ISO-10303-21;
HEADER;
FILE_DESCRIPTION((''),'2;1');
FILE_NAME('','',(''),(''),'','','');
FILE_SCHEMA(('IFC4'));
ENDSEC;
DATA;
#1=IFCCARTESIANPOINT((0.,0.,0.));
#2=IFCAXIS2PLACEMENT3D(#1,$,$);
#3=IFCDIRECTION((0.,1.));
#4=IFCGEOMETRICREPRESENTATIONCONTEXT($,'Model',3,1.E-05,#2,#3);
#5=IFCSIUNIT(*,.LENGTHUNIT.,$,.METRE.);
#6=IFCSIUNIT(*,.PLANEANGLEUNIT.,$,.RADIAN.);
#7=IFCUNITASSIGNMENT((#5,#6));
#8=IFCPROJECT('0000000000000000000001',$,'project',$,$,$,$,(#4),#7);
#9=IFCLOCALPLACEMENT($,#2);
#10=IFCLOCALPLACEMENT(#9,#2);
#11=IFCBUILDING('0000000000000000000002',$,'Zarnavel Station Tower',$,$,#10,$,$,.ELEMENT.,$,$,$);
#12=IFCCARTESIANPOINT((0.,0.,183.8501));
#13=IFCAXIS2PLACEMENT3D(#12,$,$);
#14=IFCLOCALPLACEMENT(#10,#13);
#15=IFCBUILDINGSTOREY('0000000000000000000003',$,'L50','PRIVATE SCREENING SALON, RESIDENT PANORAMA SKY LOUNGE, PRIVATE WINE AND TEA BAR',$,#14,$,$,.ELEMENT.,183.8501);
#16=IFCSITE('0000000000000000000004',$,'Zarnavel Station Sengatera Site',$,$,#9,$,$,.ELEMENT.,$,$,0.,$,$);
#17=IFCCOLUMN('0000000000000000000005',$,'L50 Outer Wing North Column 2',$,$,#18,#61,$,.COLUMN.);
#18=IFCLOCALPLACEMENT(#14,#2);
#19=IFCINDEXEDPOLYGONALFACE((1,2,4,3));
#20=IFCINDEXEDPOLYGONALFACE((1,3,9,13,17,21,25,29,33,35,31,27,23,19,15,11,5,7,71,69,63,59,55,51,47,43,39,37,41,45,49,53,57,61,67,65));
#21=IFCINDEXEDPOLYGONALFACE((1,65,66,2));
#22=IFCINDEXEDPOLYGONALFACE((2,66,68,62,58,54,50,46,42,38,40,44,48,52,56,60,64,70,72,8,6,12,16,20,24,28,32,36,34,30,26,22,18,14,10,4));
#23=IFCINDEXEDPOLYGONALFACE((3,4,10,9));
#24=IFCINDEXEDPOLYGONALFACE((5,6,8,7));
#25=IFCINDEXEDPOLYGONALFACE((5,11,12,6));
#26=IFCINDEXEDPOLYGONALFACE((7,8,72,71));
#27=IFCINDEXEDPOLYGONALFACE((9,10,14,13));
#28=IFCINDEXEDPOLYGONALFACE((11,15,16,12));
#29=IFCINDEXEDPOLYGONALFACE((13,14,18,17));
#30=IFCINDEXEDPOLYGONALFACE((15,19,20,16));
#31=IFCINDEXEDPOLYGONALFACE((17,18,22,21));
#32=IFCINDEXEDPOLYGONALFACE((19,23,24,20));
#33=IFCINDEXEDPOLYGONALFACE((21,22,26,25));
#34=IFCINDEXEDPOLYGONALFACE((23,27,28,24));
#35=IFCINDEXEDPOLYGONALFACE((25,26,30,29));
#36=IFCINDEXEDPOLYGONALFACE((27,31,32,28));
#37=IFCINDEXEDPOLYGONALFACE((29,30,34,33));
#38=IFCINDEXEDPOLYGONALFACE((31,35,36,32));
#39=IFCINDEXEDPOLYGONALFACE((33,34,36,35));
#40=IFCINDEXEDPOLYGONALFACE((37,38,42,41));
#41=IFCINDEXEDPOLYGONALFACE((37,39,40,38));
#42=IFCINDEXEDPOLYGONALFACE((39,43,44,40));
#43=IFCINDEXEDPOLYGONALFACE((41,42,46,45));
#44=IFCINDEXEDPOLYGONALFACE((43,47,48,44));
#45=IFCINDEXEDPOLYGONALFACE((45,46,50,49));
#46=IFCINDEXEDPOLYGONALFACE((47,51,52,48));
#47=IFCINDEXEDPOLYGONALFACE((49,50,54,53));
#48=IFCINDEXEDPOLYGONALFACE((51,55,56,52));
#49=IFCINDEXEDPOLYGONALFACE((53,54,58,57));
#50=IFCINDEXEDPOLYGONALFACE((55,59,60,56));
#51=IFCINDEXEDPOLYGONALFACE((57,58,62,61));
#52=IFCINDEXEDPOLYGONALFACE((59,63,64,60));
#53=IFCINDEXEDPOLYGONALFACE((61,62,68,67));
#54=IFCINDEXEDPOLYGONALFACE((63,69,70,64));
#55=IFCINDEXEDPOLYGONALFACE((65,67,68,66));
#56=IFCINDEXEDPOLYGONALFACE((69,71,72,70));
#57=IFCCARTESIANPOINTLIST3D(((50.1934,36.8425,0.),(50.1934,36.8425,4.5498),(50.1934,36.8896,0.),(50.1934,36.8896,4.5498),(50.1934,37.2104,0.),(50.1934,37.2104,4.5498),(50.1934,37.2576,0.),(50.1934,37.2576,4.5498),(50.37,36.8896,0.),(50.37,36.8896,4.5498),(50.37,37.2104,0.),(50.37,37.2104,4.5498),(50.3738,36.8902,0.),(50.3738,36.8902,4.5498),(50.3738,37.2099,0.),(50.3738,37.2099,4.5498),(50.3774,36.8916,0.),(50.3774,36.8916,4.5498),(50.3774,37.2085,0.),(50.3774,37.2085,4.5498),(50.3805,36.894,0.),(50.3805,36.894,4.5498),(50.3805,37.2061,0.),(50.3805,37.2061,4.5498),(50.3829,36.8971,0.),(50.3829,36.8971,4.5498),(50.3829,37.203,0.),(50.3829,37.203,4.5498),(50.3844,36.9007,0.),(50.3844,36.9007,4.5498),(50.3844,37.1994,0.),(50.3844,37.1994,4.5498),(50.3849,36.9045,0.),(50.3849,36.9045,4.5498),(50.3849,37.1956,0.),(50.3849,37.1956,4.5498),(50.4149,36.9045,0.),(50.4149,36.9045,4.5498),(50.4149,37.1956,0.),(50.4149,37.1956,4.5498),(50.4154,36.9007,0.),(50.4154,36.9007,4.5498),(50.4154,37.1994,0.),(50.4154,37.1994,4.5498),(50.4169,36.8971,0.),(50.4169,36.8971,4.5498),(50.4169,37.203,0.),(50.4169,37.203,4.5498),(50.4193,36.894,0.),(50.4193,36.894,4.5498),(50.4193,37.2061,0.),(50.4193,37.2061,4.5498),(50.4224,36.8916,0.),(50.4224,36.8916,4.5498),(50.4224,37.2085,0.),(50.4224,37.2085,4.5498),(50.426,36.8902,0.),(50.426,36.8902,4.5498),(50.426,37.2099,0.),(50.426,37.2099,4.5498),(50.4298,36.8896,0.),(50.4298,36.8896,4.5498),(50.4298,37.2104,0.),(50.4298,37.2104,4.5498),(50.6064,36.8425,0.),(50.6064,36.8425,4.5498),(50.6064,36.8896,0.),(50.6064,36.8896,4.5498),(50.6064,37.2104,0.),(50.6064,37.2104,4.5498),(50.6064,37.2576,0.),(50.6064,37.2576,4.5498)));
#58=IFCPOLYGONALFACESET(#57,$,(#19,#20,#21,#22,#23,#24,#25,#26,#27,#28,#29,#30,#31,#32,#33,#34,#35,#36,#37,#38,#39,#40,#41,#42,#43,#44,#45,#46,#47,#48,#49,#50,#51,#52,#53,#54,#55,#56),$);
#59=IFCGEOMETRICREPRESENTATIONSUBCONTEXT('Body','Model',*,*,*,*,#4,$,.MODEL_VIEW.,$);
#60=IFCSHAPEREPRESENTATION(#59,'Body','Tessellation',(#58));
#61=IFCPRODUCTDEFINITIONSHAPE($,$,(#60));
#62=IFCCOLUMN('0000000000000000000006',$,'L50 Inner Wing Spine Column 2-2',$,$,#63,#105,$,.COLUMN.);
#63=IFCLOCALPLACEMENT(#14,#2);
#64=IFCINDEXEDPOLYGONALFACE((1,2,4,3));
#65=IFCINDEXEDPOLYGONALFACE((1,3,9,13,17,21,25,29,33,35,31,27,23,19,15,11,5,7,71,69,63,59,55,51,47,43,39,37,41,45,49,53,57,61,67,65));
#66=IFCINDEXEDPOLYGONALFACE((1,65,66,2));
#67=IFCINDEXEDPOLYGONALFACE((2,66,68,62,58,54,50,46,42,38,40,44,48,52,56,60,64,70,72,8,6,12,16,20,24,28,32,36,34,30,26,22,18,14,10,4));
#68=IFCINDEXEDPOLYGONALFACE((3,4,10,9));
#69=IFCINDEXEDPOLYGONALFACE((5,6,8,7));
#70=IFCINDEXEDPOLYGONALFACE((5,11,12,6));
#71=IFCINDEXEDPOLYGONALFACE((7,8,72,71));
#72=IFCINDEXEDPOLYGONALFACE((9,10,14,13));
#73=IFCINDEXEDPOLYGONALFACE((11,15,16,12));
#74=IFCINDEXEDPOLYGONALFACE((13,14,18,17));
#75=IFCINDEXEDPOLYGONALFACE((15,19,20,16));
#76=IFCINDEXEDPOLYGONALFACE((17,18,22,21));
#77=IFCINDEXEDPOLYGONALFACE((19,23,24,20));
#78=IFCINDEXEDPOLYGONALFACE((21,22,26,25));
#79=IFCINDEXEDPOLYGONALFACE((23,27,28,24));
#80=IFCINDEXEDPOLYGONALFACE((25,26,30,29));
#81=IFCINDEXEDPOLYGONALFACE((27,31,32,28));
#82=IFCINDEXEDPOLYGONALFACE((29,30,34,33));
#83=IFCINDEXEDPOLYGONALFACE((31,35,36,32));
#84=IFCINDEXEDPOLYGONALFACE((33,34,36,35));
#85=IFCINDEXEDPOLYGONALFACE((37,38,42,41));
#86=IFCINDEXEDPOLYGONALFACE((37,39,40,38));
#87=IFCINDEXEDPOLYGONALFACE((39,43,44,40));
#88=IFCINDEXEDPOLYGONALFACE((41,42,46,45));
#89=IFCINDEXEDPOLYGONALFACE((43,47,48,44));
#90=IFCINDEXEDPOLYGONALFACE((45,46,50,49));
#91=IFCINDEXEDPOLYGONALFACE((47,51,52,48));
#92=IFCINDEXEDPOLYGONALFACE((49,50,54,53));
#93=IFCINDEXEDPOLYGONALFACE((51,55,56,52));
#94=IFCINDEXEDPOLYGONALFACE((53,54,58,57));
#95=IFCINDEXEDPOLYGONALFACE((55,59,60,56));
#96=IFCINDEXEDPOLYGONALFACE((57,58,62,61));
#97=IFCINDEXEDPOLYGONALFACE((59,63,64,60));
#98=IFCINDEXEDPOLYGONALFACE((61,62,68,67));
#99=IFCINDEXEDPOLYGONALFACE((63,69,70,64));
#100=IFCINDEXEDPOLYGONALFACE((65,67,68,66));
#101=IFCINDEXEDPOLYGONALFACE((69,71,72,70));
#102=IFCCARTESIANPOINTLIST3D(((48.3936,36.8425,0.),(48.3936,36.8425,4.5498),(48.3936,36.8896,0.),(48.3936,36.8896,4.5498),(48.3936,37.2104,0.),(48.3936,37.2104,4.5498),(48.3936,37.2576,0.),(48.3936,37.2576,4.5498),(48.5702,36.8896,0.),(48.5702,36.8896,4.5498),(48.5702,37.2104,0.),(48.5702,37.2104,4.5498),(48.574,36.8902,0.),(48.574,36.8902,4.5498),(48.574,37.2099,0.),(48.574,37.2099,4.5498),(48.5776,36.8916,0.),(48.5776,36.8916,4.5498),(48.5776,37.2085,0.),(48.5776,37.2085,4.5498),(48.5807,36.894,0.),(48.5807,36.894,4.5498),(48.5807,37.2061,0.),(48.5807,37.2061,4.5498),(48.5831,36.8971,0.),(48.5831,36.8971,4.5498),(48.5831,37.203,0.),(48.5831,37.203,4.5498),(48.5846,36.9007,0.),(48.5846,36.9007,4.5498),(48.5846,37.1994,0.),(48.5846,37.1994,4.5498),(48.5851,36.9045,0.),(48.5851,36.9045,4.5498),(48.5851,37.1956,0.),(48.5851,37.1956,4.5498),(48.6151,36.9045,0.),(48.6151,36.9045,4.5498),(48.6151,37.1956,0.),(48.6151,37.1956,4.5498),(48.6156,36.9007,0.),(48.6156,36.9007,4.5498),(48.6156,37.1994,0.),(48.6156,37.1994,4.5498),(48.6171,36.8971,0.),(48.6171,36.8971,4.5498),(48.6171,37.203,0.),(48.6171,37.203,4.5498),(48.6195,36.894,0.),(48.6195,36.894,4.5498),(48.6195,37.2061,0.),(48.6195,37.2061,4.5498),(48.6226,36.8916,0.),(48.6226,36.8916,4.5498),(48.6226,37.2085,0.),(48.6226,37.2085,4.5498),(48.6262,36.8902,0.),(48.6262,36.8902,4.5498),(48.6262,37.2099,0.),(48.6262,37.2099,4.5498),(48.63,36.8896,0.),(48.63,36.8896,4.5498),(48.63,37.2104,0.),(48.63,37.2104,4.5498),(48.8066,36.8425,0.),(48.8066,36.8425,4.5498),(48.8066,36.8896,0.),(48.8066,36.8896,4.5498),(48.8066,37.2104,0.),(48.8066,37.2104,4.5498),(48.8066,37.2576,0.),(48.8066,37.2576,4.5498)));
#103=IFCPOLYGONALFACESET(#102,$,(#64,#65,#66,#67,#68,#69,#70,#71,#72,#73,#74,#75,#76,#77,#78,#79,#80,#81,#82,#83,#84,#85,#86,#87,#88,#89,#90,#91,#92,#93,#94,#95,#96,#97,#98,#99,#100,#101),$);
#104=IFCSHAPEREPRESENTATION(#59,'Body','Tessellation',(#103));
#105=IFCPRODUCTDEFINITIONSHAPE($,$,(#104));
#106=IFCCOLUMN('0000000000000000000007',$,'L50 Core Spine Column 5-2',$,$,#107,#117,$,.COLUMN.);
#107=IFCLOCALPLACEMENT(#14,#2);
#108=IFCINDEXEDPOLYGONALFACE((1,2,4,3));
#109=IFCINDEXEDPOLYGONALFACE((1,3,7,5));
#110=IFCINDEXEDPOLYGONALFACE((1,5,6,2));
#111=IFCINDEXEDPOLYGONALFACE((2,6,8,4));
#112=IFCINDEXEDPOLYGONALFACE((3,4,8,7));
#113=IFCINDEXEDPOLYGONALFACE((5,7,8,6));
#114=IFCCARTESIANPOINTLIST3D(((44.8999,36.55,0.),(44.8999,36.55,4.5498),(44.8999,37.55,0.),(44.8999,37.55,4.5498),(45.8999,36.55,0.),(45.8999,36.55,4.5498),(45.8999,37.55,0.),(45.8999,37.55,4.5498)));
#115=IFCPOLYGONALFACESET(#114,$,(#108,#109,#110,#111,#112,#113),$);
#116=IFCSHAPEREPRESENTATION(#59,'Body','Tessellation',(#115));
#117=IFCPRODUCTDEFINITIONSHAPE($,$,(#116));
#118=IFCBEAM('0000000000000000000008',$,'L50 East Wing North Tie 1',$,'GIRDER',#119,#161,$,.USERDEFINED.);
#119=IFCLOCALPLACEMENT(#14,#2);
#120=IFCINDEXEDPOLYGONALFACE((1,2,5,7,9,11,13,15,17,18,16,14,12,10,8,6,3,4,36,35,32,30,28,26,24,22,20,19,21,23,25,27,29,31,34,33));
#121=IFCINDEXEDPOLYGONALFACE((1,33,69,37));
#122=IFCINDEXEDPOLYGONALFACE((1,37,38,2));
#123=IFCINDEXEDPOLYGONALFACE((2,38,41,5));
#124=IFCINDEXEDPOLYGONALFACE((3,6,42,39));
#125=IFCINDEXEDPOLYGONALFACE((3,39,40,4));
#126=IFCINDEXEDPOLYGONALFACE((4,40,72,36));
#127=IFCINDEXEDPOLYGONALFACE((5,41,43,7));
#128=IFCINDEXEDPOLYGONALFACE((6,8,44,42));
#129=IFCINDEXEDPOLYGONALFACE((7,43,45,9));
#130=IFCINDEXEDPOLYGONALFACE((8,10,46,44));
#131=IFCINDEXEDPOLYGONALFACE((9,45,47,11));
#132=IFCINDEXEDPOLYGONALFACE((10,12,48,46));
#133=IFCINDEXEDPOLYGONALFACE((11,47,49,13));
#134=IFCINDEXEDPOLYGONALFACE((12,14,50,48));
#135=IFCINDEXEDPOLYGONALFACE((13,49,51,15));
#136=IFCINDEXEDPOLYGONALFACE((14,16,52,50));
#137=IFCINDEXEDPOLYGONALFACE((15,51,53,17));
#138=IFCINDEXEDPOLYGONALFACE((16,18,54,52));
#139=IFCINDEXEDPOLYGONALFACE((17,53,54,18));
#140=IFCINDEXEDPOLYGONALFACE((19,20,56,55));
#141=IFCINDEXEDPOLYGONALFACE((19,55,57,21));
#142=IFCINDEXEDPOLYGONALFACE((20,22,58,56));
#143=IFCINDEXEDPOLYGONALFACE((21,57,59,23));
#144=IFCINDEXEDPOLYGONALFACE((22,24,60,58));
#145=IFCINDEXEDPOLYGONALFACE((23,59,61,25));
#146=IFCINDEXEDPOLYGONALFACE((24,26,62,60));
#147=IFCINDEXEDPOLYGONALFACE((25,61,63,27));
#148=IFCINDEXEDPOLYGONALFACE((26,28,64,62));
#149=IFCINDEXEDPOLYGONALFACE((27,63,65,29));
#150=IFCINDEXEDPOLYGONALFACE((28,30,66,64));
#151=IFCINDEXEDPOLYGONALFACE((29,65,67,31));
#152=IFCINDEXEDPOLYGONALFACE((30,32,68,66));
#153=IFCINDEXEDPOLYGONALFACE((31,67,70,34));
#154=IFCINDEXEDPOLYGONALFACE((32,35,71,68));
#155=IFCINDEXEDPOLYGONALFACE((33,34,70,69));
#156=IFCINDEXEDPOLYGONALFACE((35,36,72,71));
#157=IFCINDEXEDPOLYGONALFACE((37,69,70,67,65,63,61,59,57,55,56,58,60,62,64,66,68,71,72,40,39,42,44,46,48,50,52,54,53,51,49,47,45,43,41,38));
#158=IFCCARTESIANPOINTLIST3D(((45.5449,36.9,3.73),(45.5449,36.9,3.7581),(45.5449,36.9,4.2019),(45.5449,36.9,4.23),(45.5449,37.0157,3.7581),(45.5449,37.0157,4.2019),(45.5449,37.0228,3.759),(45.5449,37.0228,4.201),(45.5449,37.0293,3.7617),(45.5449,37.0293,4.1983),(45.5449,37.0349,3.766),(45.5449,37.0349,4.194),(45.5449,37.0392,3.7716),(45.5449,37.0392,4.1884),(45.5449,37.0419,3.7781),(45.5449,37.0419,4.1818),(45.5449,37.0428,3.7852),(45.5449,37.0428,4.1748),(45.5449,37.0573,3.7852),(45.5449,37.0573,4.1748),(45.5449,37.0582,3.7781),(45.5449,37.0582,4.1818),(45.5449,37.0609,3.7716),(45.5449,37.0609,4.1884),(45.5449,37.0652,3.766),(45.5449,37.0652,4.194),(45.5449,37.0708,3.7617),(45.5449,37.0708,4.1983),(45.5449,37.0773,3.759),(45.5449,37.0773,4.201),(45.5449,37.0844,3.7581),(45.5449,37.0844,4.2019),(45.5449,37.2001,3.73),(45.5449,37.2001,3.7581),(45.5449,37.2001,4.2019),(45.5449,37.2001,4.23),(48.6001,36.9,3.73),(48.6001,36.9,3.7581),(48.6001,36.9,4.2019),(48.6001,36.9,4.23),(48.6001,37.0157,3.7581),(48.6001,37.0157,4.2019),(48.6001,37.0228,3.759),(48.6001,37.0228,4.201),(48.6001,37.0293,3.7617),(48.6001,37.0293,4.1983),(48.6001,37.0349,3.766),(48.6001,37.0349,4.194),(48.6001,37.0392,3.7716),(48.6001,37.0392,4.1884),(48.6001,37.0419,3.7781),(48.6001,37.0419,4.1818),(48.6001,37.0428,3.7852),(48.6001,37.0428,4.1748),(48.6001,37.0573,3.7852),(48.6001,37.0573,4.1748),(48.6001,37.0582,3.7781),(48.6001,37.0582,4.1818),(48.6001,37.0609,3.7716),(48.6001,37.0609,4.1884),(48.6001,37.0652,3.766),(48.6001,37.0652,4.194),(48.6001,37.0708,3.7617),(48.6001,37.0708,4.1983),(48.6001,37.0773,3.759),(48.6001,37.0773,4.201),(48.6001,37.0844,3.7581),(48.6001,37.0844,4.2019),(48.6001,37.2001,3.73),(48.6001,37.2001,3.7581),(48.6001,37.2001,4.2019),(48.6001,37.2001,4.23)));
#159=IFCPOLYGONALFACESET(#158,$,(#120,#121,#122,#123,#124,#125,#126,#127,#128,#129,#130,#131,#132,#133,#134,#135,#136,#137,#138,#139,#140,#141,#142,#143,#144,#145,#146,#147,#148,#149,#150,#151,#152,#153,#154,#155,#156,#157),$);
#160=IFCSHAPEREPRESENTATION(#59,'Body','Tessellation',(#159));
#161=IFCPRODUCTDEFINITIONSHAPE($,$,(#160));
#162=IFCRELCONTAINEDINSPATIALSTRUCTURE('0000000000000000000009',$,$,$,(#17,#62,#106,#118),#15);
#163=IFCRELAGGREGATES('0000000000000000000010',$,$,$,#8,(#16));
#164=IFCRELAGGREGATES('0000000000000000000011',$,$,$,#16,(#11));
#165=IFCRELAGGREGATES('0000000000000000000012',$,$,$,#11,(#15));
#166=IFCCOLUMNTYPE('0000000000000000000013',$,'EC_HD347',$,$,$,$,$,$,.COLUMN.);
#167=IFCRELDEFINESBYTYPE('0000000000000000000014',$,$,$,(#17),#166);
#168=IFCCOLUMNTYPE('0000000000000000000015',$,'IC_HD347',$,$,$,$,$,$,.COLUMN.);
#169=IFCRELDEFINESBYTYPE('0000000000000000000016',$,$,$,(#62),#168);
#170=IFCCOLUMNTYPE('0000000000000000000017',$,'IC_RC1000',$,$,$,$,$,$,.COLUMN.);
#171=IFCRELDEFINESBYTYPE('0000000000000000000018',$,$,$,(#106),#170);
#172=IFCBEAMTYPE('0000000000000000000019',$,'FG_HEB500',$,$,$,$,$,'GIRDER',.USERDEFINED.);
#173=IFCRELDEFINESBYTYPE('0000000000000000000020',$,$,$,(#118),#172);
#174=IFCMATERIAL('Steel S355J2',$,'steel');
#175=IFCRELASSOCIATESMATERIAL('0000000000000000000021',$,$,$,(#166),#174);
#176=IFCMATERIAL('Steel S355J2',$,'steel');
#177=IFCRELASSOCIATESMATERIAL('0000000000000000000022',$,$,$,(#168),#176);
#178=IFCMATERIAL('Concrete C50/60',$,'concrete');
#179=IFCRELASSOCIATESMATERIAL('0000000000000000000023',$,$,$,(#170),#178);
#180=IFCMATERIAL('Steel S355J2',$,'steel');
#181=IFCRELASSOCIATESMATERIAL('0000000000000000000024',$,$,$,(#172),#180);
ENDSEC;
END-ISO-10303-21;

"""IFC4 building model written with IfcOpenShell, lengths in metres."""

from ifc_helpers import new_model, si_unit, direction, frame, origin, origin_2d, place, context, subcontext, project, spatial, rectangle, i_section, extrude, material, material_profile, profile_set, type_object, element, save


model = new_model("IFC4")

# Units and contexts
model_context = context("Model", 3, precision=1e-05, world=origin(), true_north=direction((0.0, 1.0)))
body_context = subcontext(model_context, "Body", "Model", "MODEL_VIEW")
ifc_project = project(units=[si_unit("LENGTHUNIT", "METRE"), si_unit("PLANEANGLEUNIT", "RADIAN")], contexts=[model_context])

# Site, building, storey
site_placement = place(None, origin())
site = spatial("IfcSite", under=ifc_project, at=site_placement, Name="Zarnavel Station Sengatera Site", CompositionType="ELEMENT", RefElevation=0.0)
building_placement = place(site_placement, origin())
building = spatial("IfcBuilding", under=site, at=building_placement, Name="Zarnavel Station Tower", CompositionType="ELEMENT")
storey_placement = place(building_placement, frame((0.0, 0.0, 183.8501)))
storey = spatial("IfcBuildingStorey", under=building, at=storey_placement, Name="L50", Description="PRIVATE SCREENING SALON, RESIDENT PANORAMA SKY LOUNGE, PRIVATE WINE AND TEA BAR", CompositionType="ELEMENT", Elevation=183.8501)

# Columns
ifc_material_1 = material(Name="Steel S355J2", Category="steel")
ifc_material_profile_1 = material_profile(ifc_material_1, i_section(OverallWidth=0.4131, OverallDepth=0.415, WebThickness=0.03, FlangeThickness=0.0471, FilletRadius=0.0149, at=origin_2d()), Name="HD400x347")
ifc_profile_set_1 = profile_set([ifc_material_profile_1], Name="Steel S355J2")
column_type_1 = type_object("IfcColumnType", Name="EC_HD347", PredefinedType="COLUMN", material=ifc_profile_set_1)
column_1_placement = place(storey_placement, frame((50.3999, 37.05, 0.0), z_axis=(0.0, 0.0, 1.0), x_axis=(1.0, 0.0, 0.0)))
element("IfcColumn", 1, at=column_1_placement, inside=storey, type_object=column_type_1, Name="L50 Outer Wing North Column 2", PredefinedType="COLUMN", context=body_context, shape_type="SweptSolid", body=[
    extrude(i_section(OverallWidth=0.4131, OverallDepth=0.415, WebThickness=0.03, FlangeThickness=0.0471, FilletRadius=0.0149, at=origin_2d()), origin(), (0.0, 0.0, 1.0), 4.5498),
])
ifc_material_2 = material(Name="Steel S355J2", Category="steel")
ifc_material_profile_2 = material_profile(ifc_material_2, i_section(OverallWidth=0.4131, OverallDepth=0.415, WebThickness=0.03, FlangeThickness=0.0471, FilletRadius=0.0149, at=origin_2d()), Name="HD400x347")
ifc_profile_set_2 = profile_set([ifc_material_profile_2], Name="Steel S355J2")
column_type_2 = type_object("IfcColumnType", Name="IC_HD347", PredefinedType="COLUMN", material=ifc_profile_set_2)
column_2_placement = place(storey_placement, frame((48.6001, 37.05, 0.0), z_axis=(0.0, 0.0, 1.0), x_axis=(1.0, 0.0, 0.0)))
element("IfcColumn", 2, at=column_2_placement, inside=storey, type_object=column_type_2, Name="L50 Inner Wing Spine Column 2-2", PredefinedType="COLUMN", context=body_context, shape_type="SweptSolid", body=[
    extrude(i_section(OverallWidth=0.4131, OverallDepth=0.415, WebThickness=0.03, FlangeThickness=0.0471, FilletRadius=0.0149, at=origin_2d()), origin(), (0.0, 0.0, 1.0), 4.5498),
])
ifc_material_3 = material(Name="Concrete C50/60", Category="concrete")
ifc_material_profile_3 = material_profile(ifc_material_3, rectangle(XDim=1.0, YDim=1.0, at=origin_2d()), Name="RC1000x1000")
ifc_profile_set_3 = profile_set([ifc_material_profile_3], Name="Concrete C50/60")
column_type_3 = type_object("IfcColumnType", Name="IC_RC1000", PredefinedType="COLUMN", material=ifc_profile_set_3)
column_3_placement = place(storey_placement, frame((45.3999, 37.05, 0.0), z_axis=(0.0, 0.0, 1.0), x_axis=(1.0, 0.0, 0.0)))
element("IfcColumn", 3, at=column_3_placement, inside=storey, type_object=column_type_3, Name="L50 Core Spine Column 5-2", PredefinedType="COLUMN", context=body_context, shape_type="SweptSolid", body=[
    extrude(rectangle(XDim=1.0, YDim=1.0, at=origin_2d()), origin(), (0.0, 0.0, 1.0), 4.5498),
])

# Beam
ifc_material_4 = material(Name="Steel S355J2", Category="steel")
ifc_material_profile_4 = material_profile(ifc_material_4, i_section(OverallWidth=0.3, OverallDepth=0.5, WebThickness=0.0144, FlangeThickness=0.0281, FilletRadius=0.0271, at=origin_2d()), Name="HEB500")
ifc_profile_set_4 = profile_set([ifc_material_profile_4], Name="Steel S355J2")
beam_type = type_object("IfcBeamType", Name="FG_HEB500", ElementType="GIRDER", PredefinedType="USERDEFINED", material=ifc_profile_set_4)
beam_1_placement = place(storey_placement, frame((45.5449, 37.05, 3.98), z_axis=(1.0, 0.0, 0.0), x_axis=(0.0, 1.0, 0.0)))
element("IfcBeam", 4, at=beam_1_placement, inside=storey, type_object=beam_type, Name="L50 East Wing North Tie 1", ObjectType="GIRDER", PredefinedType="USERDEFINED", context=body_context, shape_type="SweptSolid", body=[
    extrude(i_section(OverallWidth=0.3, OverallDepth=0.5, WebThickness=0.0144, FlangeThickness=0.0281, FilletRadius=0.0271, at=origin_2d()), origin(), (0.0, 0.0, 1.0), 3.0552),
])

save(model, "model.ifc")
